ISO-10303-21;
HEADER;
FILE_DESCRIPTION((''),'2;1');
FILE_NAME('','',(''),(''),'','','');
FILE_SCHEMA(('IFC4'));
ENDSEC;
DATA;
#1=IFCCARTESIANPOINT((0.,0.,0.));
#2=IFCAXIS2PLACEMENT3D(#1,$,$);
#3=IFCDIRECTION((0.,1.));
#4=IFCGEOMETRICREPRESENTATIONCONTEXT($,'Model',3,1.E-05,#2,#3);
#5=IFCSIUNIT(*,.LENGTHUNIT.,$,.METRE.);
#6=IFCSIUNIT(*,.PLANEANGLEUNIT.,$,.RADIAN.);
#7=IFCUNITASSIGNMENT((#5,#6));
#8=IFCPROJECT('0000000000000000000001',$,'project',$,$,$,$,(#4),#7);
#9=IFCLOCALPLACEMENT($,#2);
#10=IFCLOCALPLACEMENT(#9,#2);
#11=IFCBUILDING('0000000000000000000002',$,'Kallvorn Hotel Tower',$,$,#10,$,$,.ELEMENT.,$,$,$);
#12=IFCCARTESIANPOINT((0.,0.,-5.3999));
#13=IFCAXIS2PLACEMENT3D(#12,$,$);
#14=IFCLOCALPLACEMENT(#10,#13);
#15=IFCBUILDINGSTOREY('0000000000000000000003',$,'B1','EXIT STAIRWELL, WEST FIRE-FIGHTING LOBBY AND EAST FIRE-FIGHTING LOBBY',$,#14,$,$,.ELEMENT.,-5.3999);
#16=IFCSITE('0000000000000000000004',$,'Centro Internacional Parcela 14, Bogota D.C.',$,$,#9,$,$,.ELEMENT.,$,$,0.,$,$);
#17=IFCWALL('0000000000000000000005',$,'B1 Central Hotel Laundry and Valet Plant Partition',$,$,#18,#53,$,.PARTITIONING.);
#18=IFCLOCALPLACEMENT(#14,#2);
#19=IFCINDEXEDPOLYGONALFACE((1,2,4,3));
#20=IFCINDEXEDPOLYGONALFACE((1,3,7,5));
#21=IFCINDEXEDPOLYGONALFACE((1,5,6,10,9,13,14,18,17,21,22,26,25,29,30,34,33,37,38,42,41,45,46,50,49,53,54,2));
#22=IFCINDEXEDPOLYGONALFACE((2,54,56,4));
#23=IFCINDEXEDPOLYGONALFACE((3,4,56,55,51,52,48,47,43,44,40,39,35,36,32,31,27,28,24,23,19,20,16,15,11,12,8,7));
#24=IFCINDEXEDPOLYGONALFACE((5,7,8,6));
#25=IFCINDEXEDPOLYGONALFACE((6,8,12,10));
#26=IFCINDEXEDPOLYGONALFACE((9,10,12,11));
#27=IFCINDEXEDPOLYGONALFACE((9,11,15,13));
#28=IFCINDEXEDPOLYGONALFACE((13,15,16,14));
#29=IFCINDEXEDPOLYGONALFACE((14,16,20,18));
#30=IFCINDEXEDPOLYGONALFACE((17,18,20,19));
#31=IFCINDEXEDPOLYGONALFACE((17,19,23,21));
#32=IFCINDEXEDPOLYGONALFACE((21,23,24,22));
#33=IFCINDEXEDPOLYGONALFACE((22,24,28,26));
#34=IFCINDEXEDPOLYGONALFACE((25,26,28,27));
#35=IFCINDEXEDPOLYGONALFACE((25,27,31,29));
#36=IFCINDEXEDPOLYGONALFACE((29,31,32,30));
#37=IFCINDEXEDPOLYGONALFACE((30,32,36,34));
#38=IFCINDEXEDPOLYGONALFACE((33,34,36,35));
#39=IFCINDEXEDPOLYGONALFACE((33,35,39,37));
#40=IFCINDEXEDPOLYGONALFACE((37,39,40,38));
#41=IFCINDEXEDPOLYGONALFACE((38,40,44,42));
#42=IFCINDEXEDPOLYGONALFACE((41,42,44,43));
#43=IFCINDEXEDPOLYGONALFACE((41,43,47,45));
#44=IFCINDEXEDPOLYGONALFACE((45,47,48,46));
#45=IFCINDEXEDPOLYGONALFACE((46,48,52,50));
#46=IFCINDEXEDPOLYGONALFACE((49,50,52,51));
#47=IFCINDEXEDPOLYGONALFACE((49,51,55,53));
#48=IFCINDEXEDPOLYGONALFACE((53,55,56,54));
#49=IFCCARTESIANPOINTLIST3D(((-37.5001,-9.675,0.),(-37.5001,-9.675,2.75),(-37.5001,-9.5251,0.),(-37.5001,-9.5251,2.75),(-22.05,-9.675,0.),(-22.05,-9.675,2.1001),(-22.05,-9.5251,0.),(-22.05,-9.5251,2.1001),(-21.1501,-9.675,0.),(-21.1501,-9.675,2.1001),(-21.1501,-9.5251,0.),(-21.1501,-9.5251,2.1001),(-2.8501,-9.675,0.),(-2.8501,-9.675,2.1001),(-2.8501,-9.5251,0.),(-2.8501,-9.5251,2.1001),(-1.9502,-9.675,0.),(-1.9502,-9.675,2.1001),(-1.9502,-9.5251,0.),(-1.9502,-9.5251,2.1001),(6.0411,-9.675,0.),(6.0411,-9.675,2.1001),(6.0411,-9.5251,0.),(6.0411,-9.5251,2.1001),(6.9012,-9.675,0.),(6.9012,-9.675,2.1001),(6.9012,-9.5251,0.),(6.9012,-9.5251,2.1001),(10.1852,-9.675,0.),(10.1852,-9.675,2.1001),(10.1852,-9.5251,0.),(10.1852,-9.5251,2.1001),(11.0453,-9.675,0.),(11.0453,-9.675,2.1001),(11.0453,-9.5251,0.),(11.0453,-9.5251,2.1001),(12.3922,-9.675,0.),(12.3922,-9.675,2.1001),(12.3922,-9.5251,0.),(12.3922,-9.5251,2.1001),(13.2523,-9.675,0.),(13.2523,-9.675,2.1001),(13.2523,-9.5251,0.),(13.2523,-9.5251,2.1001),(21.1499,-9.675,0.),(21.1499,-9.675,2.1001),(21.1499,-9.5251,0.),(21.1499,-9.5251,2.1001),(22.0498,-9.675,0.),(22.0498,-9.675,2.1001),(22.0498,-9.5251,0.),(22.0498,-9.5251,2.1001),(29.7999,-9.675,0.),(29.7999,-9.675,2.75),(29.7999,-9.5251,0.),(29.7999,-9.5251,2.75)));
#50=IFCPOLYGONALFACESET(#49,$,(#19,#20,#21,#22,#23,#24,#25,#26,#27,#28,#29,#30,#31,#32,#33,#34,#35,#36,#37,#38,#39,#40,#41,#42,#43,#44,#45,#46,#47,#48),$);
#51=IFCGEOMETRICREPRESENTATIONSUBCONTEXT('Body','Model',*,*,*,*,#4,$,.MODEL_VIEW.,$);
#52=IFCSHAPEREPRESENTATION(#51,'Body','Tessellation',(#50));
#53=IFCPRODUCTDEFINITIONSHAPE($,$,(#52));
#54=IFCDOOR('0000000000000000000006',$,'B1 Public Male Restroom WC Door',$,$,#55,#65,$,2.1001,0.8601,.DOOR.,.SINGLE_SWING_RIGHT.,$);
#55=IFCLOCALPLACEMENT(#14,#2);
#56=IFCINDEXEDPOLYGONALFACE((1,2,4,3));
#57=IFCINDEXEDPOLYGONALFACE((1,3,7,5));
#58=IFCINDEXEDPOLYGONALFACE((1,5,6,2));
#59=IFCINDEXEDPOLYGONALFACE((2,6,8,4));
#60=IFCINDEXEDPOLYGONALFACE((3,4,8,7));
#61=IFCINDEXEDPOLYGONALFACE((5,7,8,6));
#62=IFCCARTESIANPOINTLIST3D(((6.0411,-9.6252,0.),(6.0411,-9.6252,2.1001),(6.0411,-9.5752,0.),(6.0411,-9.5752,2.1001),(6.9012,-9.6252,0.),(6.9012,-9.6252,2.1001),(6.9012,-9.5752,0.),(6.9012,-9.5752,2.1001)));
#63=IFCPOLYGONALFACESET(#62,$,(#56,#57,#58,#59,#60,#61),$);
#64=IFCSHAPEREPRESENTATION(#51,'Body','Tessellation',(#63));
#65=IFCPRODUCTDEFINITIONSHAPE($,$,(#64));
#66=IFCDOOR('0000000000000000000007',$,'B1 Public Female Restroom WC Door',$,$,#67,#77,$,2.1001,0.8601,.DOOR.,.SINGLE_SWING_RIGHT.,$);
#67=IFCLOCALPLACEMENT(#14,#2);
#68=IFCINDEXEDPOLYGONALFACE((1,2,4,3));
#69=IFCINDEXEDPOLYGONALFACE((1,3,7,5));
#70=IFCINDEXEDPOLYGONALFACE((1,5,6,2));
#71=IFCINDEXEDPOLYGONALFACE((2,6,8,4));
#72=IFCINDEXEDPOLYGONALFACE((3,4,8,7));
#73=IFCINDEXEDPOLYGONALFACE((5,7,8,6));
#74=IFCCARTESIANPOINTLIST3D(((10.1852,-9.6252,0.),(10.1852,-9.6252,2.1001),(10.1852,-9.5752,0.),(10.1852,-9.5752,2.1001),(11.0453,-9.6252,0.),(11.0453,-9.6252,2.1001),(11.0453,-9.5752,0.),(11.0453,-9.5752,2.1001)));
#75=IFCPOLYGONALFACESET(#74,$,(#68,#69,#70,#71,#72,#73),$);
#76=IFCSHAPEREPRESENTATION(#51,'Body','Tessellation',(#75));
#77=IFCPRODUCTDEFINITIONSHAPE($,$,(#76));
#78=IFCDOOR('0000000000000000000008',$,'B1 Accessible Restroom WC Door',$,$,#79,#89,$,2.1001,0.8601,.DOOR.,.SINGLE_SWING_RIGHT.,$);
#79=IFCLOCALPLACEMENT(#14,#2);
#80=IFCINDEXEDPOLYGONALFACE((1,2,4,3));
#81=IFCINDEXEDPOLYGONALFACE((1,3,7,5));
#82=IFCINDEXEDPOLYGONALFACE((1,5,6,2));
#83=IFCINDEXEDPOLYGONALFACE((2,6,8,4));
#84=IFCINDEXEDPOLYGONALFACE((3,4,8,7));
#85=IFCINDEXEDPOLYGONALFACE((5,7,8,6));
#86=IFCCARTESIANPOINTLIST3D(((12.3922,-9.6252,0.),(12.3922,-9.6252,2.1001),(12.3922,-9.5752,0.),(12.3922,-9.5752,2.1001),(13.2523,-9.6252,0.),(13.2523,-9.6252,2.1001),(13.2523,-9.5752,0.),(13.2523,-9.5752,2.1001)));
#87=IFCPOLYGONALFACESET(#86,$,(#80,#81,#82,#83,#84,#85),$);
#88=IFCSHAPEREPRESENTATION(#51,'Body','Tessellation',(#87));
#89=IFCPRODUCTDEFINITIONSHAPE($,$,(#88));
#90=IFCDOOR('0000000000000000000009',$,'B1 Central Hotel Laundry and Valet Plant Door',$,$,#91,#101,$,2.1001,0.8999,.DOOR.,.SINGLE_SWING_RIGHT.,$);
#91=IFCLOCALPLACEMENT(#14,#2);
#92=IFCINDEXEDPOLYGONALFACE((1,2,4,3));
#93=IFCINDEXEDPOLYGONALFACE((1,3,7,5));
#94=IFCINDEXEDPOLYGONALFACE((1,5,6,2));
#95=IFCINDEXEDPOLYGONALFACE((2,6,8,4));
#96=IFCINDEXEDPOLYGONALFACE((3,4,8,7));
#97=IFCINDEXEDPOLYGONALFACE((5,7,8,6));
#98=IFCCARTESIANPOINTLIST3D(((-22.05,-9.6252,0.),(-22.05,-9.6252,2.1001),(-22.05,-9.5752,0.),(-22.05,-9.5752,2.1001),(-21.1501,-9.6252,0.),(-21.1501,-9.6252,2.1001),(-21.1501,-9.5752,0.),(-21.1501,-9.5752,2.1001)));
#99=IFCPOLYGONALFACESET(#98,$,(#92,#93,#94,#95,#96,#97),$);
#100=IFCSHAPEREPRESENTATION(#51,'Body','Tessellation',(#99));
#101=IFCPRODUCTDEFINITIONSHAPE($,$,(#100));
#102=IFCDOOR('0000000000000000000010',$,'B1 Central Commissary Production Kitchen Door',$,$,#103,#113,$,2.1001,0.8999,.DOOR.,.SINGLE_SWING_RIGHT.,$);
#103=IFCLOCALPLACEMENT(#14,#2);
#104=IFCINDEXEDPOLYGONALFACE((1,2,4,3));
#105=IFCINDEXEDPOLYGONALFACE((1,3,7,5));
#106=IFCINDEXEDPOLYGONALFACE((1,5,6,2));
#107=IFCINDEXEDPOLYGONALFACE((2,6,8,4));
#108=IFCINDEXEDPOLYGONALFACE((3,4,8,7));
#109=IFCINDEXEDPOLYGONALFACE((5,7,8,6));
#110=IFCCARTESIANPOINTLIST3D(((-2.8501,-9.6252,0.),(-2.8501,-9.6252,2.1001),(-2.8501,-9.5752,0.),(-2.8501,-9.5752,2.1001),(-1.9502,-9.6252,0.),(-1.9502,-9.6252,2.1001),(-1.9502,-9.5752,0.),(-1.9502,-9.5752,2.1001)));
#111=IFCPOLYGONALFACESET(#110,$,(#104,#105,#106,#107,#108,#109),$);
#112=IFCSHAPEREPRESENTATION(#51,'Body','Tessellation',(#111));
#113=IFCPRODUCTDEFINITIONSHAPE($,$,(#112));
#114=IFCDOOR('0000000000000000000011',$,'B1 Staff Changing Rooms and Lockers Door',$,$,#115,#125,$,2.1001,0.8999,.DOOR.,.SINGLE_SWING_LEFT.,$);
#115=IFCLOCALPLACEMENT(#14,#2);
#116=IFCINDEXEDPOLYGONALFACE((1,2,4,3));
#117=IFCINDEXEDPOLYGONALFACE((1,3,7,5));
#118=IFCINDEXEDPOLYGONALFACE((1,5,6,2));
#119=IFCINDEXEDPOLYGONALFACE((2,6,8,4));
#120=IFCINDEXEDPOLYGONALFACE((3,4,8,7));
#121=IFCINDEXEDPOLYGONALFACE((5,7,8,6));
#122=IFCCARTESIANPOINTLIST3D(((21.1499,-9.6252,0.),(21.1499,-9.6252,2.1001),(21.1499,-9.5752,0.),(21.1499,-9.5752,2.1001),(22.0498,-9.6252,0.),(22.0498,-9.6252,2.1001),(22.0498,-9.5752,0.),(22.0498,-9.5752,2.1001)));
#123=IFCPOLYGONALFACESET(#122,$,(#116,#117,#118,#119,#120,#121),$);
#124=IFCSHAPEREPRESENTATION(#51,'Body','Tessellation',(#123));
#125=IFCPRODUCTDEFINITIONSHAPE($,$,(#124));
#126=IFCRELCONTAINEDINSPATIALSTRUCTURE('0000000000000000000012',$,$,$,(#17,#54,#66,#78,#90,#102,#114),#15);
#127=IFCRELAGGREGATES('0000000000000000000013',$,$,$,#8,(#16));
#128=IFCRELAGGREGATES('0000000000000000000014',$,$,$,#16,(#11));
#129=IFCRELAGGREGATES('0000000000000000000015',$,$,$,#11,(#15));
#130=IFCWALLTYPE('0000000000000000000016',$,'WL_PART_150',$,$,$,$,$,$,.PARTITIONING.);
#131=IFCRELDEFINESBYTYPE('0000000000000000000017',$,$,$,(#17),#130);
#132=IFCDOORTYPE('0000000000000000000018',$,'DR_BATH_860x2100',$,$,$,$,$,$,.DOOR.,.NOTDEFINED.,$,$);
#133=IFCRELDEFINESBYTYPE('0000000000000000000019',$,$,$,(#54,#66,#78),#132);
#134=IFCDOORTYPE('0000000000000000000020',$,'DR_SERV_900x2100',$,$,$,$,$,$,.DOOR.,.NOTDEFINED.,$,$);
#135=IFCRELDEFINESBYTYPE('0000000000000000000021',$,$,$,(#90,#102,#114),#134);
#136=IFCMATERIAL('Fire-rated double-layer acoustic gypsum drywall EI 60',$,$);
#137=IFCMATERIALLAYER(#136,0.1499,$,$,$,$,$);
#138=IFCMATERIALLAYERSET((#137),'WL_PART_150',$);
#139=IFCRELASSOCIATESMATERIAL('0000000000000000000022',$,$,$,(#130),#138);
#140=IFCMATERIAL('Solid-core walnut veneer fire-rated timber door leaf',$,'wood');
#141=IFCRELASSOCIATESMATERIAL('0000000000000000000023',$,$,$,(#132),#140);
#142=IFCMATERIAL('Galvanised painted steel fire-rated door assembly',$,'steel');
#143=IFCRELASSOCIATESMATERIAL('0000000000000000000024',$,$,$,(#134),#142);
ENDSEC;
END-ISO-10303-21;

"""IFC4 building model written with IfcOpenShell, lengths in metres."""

from ifc_helpers import new_model, si_unit, direction, frame, frame_2d, origin, place, context, subcontext, project, spatial, rectangle, extrude, material, layer, layer_set, type_object, element, fill, save


model = new_model("IFC4")

# Units and contexts
model_context = context("Model", 3, precision=1e-05, world=origin(), true_north=direction((0.0, 1.0)))
body_context = subcontext(model_context, "Body", "Model", "MODEL_VIEW")
ifc_project = project(units=[si_unit("LENGTHUNIT", "METRE"), si_unit("PLANEANGLEUNIT", "RADIAN")], contexts=[model_context])

# Site, building, storey
site_placement = place(None, origin())
site = spatial("IfcSite", under=ifc_project, at=site_placement, Name="Centro Internacional Parcela 14, Bogota D.C.", CompositionType="ELEMENT", RefElevation=0.0)
building_placement = place(site_placement, origin())
building = spatial("IfcBuilding", under=site, at=building_placement, Name="Kallvorn Hotel Tower", CompositionType="ELEMENT")
storey_placement = place(building_placement, frame((0.0, 0.0, -5.3999)))
storey = spatial("IfcBuildingStorey", under=building, at=storey_placement, Name="B1", Description="EXIT STAIRWELL, WEST FIRE-FIGHTING LOBBY AND EAST FIRE-FIGHTING LOBBY", CompositionType="ELEMENT", Elevation=-5.3999)

# Wall, openings, doors
ifc_material_1 = material(Name="Fire-rated double-layer acoustic gypsum drywall EI 60")
ifc_layer = layer(ifc_material_1, 0.1499)
ifc_layer_set = layer_set([ifc_layer], Name="WL_PART_150")
wall_type = type_object("IfcWallType", Name="WL_PART_150", PredefinedType="PARTITIONING", material=ifc_layer_set)
wall_placement = place(storey_placement, frame((-37.5, -9.6001, 0.0), z_axis=(0.0, 0.0, 1.0), x_axis=(1.0, 0.0, 0.0)))
wall = element("IfcWall", 1, at=wall_placement, inside=storey, type_object=wall_type, Name="B1 Central Hotel Laundry and Valet Plant Partition", PredefinedType="PARTITIONING", context=body_context, shape_type="SweptSolid", body=[
    extrude(rectangle(XDim=67.3, YDim=0.1499, at=frame_2d((33.6499, 0.0))), origin(), (0.0, 0.0, 1.0), 2.75),
])
opening_1_placement = place(wall_placement, frame((15.45, 0.0, 0.0)))
opening_1 = element("IfcOpeningElement", 2, at=opening_1_placement, cuts=wall, PredefinedType="OPENING", context=body_context, shape_type="SweptSolid", body=[
    extrude(rectangle(XDim=0.8999, YDim=2.1001, at=frame_2d((0.45, 1.05))), frame((0.0, 0.0898, 0.0), z_axis=(0.0, -1.0, 0.0), x_axis=(1.0, 0.0, 0.0)), (0.0, 0.0, 1.0), 0.1799),
])
opening_2_placement = place(wall_placement, frame((34.6499, 0.0, 0.0)))
opening_2 = element("IfcOpeningElement", 3, at=opening_2_placement, cuts=wall, PredefinedType="OPENING", context=body_context, shape_type="SweptSolid", body=[
    extrude(rectangle(XDim=0.8999, YDim=2.1001, at=frame_2d((0.45, 1.05))), frame((0.0, 0.0898, 0.0), z_axis=(0.0, -1.0, 0.0), x_axis=(1.0, 0.0, 0.0)), (0.0, 0.0, 1.0), 0.1799),
])
opening_3_placement = place(wall_placement, frame((43.541, 0.0, 0.0)))
opening_3 = element("IfcOpeningElement", 4, at=opening_3_placement, cuts=wall, PredefinedType="OPENING", context=body_context, shape_type="SweptSolid", body=[
    extrude(rectangle(XDim=0.8601, YDim=2.1001, at=frame_2d((0.4302, 1.05))), frame((0.0, 0.0898, 0.0), z_axis=(0.0, -1.0, 0.0), x_axis=(1.0, 0.0, 0.0)), (0.0, 0.0, 1.0), 0.1799),
])
opening_4_placement = place(wall_placement, frame((47.6851, 0.0, 0.0)))
opening_4 = element("IfcOpeningElement", 5, at=opening_4_placement, cuts=wall, PredefinedType="OPENING", context=body_context, shape_type="SweptSolid", body=[
    extrude(rectangle(XDim=0.8601, YDim=2.1001, at=frame_2d((0.4302, 1.05))), frame((0.0, 0.0898, 0.0), z_axis=(0.0, -1.0, 0.0), x_axis=(1.0, 0.0, 0.0)), (0.0, 0.0, 1.0), 0.1799),
])
opening_5_placement = place(wall_placement, frame((49.8921, 0.0, 0.0)))
opening_5 = element("IfcOpeningElement", 6, at=opening_5_placement, cuts=wall, PredefinedType="OPENING", context=body_context, shape_type="SweptSolid", body=[
    extrude(rectangle(XDim=0.8601, YDim=2.1001, at=frame_2d((0.4302, 1.05))), frame((0.0, 0.0898, 0.0), z_axis=(0.0, -1.0, 0.0), x_axis=(1.0, 0.0, 0.0)), (0.0, 0.0, 1.0), 0.1799),
])
opening_6_placement = place(wall_placement, frame((58.6499, 0.0, 0.0)))
opening_6 = element("IfcOpeningElement", 7, at=opening_6_placement, cuts=wall, PredefinedType="OPENING", context=body_context, shape_type="SweptSolid", body=[
    extrude(rectangle(XDim=0.8999, YDim=2.1001, at=frame_2d((0.45, 1.05))), frame((0.0, 0.0898, 0.0), z_axis=(0.0, -1.0, 0.0), x_axis=(1.0, 0.0, 0.0)), (0.0, 0.0, 1.0), 0.1799),
])
ifc_material_2 = material(Name="Solid-core walnut veneer fire-rated timber door leaf", Category="wood")
door_type_1 = type_object("IfcDoorType", Name="DR_BATH_860x2100", OperationType="NOTDEFINED", PredefinedType="DOOR", material=ifc_material_2)
door_1_placement = place(opening_3_placement, origin())
door_1 = element("IfcDoor", 8, at=door_1_placement, inside=storey, type_object=door_type_1, Name="B1 Public Male Restroom WC Door", OperationType="SINGLE_SWING_RIGHT", OverallHeight=2.1001, OverallWidth=0.8601, PredefinedType="DOOR", context=body_context, shape_type="SweptSolid", body=[
    extrude(rectangle(XDim=0.8601, YDim=2.1001, at=frame_2d((0.4302, 1.05))), frame((0.0, 0.0249, 0.0), z_axis=(0.0, -1.0, 0.0), x_axis=(1.0, 0.0, 0.0)), (0.0, 0.0, 1.0), 0.05),
])
fill(opening_3, door_1)
door_2_placement = place(opening_4_placement, origin())
door_2 = element("IfcDoor", 9, at=door_2_placement, inside=storey, type_object=door_type_1, Name="B1 Public Female Restroom WC Door", OperationType="SINGLE_SWING_RIGHT", OverallHeight=2.1001, OverallWidth=0.8601, PredefinedType="DOOR", context=body_context, shape_type="SweptSolid", body=[
    extrude(rectangle(XDim=0.8601, YDim=2.1001, at=frame_2d((0.4302, 1.05))), frame((0.0, 0.0249, 0.0), z_axis=(0.0, -1.0, 0.0), x_axis=(1.0, 0.0, 0.0)), (0.0, 0.0, 1.0), 0.05),
])
fill(opening_4, door_2)
door_3_placement = place(opening_5_placement, origin())
door_3 = element("IfcDoor", 10, at=door_3_placement, inside=storey, type_object=door_type_1, Name="B1 Accessible Restroom WC Door", OperationType="SINGLE_SWING_RIGHT", OverallHeight=2.1001, OverallWidth=0.8601, PredefinedType="DOOR", context=body_context, shape_type="SweptSolid", body=[
    extrude(rectangle(XDim=0.8601, YDim=2.1001, at=frame_2d((0.4302, 1.05))), frame((0.0, 0.0249, 0.0), z_axis=(0.0, -1.0, 0.0), x_axis=(1.0, 0.0, 0.0)), (0.0, 0.0, 1.0), 0.05),
])
fill(opening_5, door_3)
ifc_material_3 = material(Name="Galvanised painted steel fire-rated door assembly", Category="steel")
door_type_2 = type_object("IfcDoorType", Name="DR_SERV_900x2100", OperationType="NOTDEFINED", PredefinedType="DOOR", material=ifc_material_3)
door_4_placement = place(opening_1_placement, origin())
door_4 = element("IfcDoor", 11, at=door_4_placement, inside=storey, type_object=door_type_2, Name="B1 Central Hotel Laundry and Valet Plant Door", OperationType="SINGLE_SWING_RIGHT", OverallHeight=2.1001, OverallWidth=0.8999, PredefinedType="DOOR", context=body_context, shape_type="SweptSolid", body=[
    extrude(rectangle(XDim=0.8999, YDim=2.1001, at=frame_2d((0.45, 1.05))), frame((0.0, 0.0249, 0.0), z_axis=(0.0, -1.0, 0.0), x_axis=(1.0, 0.0, 0.0)), (0.0, 0.0, 1.0), 0.05),
])
fill(opening_1, door_4)
door_5_placement = place(opening_2_placement, origin())
door_5 = element("IfcDoor", 12, at=door_5_placement, inside=storey, type_object=door_type_2, Name="B1 Central Commissary Production Kitchen Door", OperationType="SINGLE_SWING_RIGHT", OverallHeight=2.1001, OverallWidth=0.8999, PredefinedType="DOOR", context=body_context, shape_type="SweptSolid", body=[
    extrude(rectangle(XDim=0.8999, YDim=2.1001, at=frame_2d((0.45, 1.05))), frame((0.0, 0.0249, 0.0), z_axis=(0.0, -1.0, 0.0), x_axis=(1.0, 0.0, 0.0)), (0.0, 0.0, 1.0), 0.05),
])
fill(opening_2, door_5)
door_6_placement = place(opening_6_placement, origin())
door_6 = element("IfcDoor", 13, at=door_6_placement, inside=storey, type_object=door_type_2, Name="B1 Staff Changing Rooms and Lockers Door", OperationType="SINGLE_SWING_LEFT", OverallHeight=2.1001, OverallWidth=0.8999, PredefinedType="DOOR", context=body_context, shape_type="SweptSolid", body=[
    extrude(rectangle(XDim=0.8999, YDim=2.1001, at=frame_2d((0.45, 1.05))), frame((0.0, 0.0249, 0.0), z_axis=(0.0, -1.0, 0.0), x_axis=(1.0, 0.0, 0.0)), (0.0, 0.0, 1.0), 0.05),
])
fill(opening_6, door_6)

save(model, "model.ifc")
